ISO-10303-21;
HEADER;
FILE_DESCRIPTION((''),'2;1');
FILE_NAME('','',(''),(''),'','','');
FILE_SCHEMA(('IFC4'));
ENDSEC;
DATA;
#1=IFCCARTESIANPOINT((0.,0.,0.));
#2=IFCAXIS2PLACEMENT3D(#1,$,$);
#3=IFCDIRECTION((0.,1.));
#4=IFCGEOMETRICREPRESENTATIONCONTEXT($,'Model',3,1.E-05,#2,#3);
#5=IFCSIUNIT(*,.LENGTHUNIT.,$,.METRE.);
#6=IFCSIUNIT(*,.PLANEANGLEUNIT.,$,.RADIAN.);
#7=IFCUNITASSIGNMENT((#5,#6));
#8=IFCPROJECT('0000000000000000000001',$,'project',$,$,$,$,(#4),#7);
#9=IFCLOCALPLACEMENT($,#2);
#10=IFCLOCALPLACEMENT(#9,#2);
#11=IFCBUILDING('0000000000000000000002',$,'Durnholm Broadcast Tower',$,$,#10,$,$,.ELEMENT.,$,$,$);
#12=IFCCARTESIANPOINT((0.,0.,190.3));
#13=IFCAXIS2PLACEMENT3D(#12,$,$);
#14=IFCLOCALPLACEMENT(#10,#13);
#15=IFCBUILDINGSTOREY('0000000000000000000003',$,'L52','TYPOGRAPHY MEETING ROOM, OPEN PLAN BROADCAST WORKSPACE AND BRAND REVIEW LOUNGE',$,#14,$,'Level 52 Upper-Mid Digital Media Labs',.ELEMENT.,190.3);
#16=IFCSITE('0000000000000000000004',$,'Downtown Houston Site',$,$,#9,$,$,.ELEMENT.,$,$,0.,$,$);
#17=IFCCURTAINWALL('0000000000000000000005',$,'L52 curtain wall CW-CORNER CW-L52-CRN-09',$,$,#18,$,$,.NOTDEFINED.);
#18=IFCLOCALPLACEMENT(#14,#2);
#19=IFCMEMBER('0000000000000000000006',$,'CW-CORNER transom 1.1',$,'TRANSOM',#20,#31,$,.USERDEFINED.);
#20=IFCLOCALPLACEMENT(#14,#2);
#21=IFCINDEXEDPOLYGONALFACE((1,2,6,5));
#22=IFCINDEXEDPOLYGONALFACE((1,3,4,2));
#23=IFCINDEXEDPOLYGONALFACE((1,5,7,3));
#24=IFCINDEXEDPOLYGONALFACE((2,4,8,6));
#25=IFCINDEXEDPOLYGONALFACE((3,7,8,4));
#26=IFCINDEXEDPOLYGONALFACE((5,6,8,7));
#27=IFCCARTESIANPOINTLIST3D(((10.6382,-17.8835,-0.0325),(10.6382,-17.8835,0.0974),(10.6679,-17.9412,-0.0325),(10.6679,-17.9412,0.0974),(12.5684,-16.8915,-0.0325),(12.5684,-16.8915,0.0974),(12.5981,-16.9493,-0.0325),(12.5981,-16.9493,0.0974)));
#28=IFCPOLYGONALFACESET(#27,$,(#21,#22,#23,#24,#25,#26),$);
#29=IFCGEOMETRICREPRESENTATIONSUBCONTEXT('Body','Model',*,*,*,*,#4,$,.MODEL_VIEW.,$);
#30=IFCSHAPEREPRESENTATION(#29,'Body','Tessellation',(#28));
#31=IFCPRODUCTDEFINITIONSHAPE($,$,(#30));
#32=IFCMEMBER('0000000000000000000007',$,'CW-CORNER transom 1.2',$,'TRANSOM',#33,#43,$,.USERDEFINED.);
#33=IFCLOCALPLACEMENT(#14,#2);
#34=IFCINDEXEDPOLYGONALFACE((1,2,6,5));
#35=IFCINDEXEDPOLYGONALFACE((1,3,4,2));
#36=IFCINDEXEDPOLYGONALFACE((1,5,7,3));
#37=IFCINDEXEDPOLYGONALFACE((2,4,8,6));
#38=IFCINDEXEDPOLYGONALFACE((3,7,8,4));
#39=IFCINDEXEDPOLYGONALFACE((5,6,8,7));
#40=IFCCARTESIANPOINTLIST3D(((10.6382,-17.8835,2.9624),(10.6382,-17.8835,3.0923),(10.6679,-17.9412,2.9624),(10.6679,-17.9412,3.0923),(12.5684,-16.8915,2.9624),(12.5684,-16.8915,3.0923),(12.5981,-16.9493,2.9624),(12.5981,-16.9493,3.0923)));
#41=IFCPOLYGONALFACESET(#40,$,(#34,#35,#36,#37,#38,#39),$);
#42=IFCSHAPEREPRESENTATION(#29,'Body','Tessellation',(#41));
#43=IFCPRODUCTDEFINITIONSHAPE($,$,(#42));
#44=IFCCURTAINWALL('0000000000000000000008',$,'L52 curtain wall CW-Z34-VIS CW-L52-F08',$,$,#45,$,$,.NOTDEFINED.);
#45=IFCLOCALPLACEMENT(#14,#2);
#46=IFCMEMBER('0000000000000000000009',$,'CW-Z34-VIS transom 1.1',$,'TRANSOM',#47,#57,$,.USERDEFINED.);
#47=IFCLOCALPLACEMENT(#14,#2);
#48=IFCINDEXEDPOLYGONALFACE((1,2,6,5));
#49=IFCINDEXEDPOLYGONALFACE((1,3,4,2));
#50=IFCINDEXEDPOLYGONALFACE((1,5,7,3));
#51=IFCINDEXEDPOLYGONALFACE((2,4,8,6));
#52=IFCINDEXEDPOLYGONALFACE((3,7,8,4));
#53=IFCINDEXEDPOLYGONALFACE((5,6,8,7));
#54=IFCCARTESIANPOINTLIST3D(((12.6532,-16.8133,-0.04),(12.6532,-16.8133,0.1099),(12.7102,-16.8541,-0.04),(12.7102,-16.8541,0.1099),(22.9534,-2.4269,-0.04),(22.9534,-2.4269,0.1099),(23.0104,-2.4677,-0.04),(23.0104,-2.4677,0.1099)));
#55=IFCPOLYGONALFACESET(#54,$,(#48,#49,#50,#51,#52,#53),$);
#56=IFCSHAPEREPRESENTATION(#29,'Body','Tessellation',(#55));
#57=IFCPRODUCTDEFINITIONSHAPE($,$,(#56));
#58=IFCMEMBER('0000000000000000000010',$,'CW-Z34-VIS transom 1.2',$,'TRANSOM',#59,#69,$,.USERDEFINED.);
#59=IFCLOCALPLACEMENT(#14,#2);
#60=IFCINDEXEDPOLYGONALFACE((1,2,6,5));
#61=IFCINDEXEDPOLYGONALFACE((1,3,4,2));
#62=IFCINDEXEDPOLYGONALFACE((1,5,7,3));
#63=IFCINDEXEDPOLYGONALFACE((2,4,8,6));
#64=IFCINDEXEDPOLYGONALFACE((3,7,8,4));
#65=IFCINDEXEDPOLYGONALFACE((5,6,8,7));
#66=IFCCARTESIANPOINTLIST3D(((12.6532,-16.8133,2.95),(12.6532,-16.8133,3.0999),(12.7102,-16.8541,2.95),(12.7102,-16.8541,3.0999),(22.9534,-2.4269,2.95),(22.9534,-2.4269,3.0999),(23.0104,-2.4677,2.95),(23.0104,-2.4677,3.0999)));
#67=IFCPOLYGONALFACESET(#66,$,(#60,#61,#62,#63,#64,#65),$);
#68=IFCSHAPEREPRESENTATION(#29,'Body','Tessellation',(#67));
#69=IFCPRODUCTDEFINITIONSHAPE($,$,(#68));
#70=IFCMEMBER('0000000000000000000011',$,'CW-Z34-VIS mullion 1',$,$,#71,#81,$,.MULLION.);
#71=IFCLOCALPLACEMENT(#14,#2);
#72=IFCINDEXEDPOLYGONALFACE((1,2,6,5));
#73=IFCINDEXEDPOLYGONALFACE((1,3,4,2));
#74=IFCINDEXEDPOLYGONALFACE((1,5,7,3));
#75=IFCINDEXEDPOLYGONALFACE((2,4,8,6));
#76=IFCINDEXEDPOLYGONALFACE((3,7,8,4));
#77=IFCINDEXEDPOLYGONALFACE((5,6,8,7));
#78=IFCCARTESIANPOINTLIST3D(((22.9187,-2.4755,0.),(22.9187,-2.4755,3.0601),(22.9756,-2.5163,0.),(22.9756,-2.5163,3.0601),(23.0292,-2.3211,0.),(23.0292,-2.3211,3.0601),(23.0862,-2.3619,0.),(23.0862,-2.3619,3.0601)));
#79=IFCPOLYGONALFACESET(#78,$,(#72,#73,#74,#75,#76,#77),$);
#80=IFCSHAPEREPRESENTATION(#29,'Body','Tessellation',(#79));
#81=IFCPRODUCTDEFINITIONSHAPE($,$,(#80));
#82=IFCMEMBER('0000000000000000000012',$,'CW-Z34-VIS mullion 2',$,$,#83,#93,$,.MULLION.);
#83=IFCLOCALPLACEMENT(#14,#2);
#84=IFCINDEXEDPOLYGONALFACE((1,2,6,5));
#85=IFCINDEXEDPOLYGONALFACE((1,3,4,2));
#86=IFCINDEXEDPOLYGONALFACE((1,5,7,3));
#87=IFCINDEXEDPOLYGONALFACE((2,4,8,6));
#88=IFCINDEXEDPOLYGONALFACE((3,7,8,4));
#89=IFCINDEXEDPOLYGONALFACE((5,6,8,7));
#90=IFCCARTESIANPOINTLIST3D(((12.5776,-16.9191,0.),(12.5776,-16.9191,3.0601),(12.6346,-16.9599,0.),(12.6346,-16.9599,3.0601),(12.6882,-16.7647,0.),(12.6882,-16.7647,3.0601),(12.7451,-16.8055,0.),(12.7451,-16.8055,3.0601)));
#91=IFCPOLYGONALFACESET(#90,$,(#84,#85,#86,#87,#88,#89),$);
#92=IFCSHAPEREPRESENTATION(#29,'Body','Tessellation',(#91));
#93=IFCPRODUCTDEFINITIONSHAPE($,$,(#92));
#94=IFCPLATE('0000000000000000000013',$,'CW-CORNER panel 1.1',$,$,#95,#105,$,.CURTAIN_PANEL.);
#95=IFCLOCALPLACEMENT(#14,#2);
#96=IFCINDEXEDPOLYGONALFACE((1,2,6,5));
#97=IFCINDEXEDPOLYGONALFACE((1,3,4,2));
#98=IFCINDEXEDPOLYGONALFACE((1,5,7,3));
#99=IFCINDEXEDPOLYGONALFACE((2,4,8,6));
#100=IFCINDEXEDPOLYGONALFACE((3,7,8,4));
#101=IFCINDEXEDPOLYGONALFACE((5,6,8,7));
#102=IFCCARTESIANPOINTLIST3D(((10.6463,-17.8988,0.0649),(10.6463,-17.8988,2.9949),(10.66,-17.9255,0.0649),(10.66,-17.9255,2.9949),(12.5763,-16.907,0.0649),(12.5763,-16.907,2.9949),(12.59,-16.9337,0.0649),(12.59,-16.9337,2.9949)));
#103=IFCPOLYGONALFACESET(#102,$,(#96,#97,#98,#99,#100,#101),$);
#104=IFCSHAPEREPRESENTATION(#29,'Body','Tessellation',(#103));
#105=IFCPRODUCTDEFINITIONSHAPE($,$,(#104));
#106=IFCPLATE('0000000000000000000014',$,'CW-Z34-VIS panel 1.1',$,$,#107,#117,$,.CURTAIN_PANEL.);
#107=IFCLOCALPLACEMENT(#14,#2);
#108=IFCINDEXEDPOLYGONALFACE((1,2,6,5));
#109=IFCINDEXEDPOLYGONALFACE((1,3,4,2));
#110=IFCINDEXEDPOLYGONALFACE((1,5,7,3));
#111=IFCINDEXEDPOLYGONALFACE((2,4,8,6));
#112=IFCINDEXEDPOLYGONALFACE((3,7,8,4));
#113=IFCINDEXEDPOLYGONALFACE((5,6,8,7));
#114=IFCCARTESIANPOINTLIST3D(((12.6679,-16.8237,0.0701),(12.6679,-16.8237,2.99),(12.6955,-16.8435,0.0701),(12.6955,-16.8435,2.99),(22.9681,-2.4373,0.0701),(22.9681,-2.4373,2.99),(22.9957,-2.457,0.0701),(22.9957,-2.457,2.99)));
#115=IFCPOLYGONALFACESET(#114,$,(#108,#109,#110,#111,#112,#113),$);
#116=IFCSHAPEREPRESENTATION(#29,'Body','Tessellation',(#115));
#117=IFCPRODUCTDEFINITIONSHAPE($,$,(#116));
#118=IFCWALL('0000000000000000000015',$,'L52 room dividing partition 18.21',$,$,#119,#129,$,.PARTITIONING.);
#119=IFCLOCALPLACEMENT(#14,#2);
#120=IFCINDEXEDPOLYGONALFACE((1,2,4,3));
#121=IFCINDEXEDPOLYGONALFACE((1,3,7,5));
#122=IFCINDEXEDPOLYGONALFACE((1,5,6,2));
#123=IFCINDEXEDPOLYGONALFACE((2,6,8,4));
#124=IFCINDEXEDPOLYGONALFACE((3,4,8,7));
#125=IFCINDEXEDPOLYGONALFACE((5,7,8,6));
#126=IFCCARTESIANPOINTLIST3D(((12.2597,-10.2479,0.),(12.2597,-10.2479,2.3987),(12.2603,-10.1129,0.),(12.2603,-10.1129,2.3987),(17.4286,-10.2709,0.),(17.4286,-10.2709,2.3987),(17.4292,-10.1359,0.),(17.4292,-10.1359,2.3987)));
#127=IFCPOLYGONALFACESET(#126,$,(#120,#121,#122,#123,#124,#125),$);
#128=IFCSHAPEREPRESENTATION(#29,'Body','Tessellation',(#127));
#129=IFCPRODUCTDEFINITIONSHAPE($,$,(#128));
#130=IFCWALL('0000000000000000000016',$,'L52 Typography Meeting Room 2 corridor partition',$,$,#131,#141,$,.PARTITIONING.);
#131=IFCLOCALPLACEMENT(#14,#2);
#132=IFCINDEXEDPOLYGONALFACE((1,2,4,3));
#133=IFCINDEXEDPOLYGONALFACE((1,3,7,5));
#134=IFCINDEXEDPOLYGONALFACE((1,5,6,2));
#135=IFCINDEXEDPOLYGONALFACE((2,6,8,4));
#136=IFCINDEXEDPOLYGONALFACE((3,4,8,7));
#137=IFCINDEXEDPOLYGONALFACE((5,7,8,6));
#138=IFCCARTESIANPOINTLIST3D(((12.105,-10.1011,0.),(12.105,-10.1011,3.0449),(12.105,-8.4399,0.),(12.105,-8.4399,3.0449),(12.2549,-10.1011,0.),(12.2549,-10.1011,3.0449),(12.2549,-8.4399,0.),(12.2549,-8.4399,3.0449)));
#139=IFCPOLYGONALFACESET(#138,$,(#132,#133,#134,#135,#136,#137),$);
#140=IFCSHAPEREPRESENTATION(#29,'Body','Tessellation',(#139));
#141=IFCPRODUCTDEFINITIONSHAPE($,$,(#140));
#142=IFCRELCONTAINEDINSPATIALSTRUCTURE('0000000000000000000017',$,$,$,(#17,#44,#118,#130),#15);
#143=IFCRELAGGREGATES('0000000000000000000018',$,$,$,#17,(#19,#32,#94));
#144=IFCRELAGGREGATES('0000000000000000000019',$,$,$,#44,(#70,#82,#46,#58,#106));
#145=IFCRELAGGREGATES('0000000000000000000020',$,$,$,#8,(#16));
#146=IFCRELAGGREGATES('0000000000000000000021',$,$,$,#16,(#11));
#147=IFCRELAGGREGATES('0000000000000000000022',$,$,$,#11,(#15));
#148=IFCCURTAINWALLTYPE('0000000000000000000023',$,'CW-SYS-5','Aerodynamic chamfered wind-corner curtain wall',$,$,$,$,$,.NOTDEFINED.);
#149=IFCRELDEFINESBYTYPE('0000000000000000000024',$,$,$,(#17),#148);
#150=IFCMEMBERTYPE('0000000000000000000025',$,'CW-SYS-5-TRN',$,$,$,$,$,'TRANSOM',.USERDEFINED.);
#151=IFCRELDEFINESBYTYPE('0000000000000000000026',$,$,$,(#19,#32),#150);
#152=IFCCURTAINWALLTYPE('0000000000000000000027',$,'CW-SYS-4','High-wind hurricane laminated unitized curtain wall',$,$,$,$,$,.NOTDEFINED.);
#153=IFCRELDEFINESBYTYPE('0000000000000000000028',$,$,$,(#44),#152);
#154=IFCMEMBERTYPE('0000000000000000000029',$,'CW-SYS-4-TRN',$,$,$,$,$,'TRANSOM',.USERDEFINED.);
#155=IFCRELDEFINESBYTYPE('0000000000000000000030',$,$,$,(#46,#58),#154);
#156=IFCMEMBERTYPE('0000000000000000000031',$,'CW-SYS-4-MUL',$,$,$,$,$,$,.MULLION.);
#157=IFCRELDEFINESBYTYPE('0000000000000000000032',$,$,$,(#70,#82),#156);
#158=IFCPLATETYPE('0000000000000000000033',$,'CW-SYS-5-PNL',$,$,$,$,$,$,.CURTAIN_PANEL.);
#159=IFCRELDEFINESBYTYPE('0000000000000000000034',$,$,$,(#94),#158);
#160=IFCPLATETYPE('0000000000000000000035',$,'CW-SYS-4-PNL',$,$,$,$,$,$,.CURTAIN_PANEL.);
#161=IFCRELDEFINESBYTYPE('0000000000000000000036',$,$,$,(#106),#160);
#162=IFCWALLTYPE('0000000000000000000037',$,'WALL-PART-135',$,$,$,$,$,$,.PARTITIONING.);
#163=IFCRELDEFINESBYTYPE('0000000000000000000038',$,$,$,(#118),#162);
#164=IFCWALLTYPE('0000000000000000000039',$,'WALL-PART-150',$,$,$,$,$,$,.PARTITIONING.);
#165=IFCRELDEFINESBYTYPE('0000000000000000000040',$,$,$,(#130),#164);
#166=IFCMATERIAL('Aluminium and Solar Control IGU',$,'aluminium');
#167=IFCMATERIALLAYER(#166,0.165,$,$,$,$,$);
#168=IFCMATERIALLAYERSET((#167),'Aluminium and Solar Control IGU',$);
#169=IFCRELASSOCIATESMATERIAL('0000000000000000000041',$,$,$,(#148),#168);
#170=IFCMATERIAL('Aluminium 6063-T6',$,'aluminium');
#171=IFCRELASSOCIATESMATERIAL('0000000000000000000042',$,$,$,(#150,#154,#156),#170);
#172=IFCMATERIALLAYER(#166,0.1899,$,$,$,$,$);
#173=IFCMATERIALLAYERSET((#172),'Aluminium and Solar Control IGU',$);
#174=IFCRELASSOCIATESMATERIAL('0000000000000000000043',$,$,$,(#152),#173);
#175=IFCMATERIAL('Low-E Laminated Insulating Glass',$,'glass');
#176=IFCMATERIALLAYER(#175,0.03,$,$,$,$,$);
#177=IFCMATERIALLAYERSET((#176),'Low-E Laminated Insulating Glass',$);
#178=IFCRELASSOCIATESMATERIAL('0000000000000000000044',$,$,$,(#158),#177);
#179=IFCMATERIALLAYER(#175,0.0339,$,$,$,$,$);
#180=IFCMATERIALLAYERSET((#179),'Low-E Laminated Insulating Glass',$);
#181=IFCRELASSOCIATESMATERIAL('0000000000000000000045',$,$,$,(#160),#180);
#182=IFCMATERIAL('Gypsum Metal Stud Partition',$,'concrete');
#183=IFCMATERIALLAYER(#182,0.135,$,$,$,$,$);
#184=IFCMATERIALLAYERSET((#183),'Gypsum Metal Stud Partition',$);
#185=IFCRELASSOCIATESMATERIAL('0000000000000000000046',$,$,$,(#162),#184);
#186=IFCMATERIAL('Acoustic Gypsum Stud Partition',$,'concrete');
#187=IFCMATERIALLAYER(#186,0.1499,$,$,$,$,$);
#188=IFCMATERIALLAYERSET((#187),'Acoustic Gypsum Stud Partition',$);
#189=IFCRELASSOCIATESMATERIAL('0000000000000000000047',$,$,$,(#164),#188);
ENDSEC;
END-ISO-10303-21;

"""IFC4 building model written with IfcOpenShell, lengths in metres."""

from ifc_helpers import new_model, si_unit, direction, frame, frame_2d, origin, origin_2d, place, context, subcontext, project, spatial, rectangle, extrude, source, transform, mapped, material, layer, layer_set, material_profile, profile_set, type_object, type_shapes, element, aggregate, save


model = new_model("IFC4")

# Units and contexts
model_context = context("Model", 3, precision=1e-05, world=origin(), true_north=direction((0.0, 1.0)))
body_context = subcontext(model_context, "Body", "Model", "MODEL_VIEW")
ifc_project = project(units=[si_unit("LENGTHUNIT", "METRE"), si_unit("PLANEANGLEUNIT", "RADIAN")], contexts=[model_context])

# Site, building, storey
site_placement = place(None, origin())
site = spatial("IfcSite", under=ifc_project, at=site_placement, Name="Downtown Houston Site", CompositionType="ELEMENT", RefElevation=0.0)
building_placement = place(site_placement, origin())
building = spatial("IfcBuilding", under=site, at=building_placement, Name="Durnholm Broadcast Tower", CompositionType="ELEMENT")
storey_placement = place(building_placement, frame((0.0, 0.0, 190.3)))
storey = spatial("IfcBuildingStorey", under=building, at=storey_placement, Name="L52", Description="TYPOGRAPHY MEETING ROOM, OPEN PLAN BROADCAST WORKSPACE AND BRAND REVIEW LOUNGE", LongName="Level 52 Upper-Mid Digital Media Labs", CompositionType="ELEMENT", Elevation=190.3)

# Shared definitions
ifc_material_1 = material(Name="Aluminium and Solar Control IGU", Category="aluminium")
ifc_layer_1 = layer(ifc_material_1, 0.165)
ifc_layer_set_1 = layer_set([ifc_layer_1], Name="Aluminium and Solar Control IGU")
curtain_wall_type_1 = type_object("IfcCurtainWallType", Name="CW-SYS-5", Description="Aerodynamic chamfered wind-corner curtain wall", PredefinedType="NOTDEFINED", material=ifc_layer_set_1)
ifc_material_2 = material(Name="Aluminium 6063-T6", Category="aluminium")

# Curtain walls, members
curtain_wall_1_placement = place(storey_placement, origin())
curtain_wall_1 = element("IfcCurtainWall", 1, at=curtain_wall_1_placement, inside=storey, type_object=curtain_wall_type_1, Name="L52 curtain wall CW-CORNER CW-L52-CRN-09", PredefinedType="NOTDEFINED")
ifc_material_profile_1 = material_profile(ifc_material_2, rectangle(XDim=0.0649, YDim=0.1299, at=origin_2d()), Name="CWT65X130")
ifc_profile_set_1 = profile_set([ifc_material_profile_1], Name="Aluminium 6063-T6")
member_type_1 = type_object("IfcMemberType", Name="CW-SYS-5-TRN", ElementType="TRANSOM", PredefinedType="USERDEFINED", material=ifc_profile_set_1)
shared_shape_1 = source(origin(), body_context, "Body", "SweptSolid", [
    extrude(rectangle(XDim=0.0649, YDim=0.1299, at=origin_2d()), origin(), (0.0, 0.0, 1.0), 2.1702),
])
type_shapes(member_type_1, [shared_shape_1])
member_1_placement = place(storey_placement, frame((12.5833, -16.9204, 0.0325), z_axis=(-0.889422, -0.457086, 0.0), x_axis=(0.457086, -0.889422, 0.0)))
member_1 = element("IfcMember", 2, at=member_1_placement, type_object=member_type_1, Name="CW-CORNER transom 1.1", ObjectType="TRANSOM", PredefinedType="USERDEFINED", context=body_context, shape_type="MappedRepresentation", body=[
    mapped(shared_shape_1, transform((0.0, 0.0, 0.0), x_axis=(1.0, 0.0, 0.0), y_axis=(0.0, 1.0, 0.0), z_axis=(0.0, 0.0, 1.0), scale=1.0)),
])
member_2_placement = place(storey_placement, frame((12.5833, -16.9204, 3.0273), z_axis=(-0.889422, -0.457086, 0.0), x_axis=(0.457086, -0.889422, 0.0)))
member_2 = element("IfcMember", 3, at=member_2_placement, type_object=member_type_1, Name="CW-CORNER transom 1.2", ObjectType="TRANSOM", PredefinedType="USERDEFINED", context=body_context, shape_type="MappedRepresentation", body=[
    mapped(shared_shape_1, transform((0.0, 0.0, 0.0), x_axis=(1.0, 0.0, 0.0), y_axis=(0.0, 1.0, 0.0), z_axis=(0.0, 0.0, 1.0), scale=1.0)),
])
ifc_layer_2 = layer(ifc_material_1, 0.1899)
ifc_layer_set_2 = layer_set([ifc_layer_2], Name="Aluminium and Solar Control IGU")
curtain_wall_type_2 = type_object("IfcCurtainWallType", Name="CW-SYS-4", Description="High-wind hurricane laminated unitized curtain wall", PredefinedType="NOTDEFINED", material=ifc_layer_set_2)
curtain_wall_2_placement = place(storey_placement, origin())
curtain_wall_2 = element("IfcCurtainWall", 4, at=curtain_wall_2_placement, inside=storey, type_object=curtain_wall_type_2, Name="L52 curtain wall CW-Z34-VIS CW-L52-F08", PredefinedType="NOTDEFINED")
ifc_material_profile_2 = material_profile(ifc_material_2, rectangle(XDim=0.0701, YDim=0.1499, at=origin_2d()), Name="CWT70X150")
ifc_profile_set_2 = profile_set([ifc_material_profile_2], Name="Aluminium 6063-T6")
member_type_2 = type_object("IfcMemberType", Name="CW-SYS-4-TRN", ElementType="TRANSOM", PredefinedType="USERDEFINED", material=ifc_profile_set_2)
shared_shape_2 = source(origin(), body_context, "Body", "SweptSolid", [
    extrude(rectangle(XDim=0.0701, YDim=0.1499, at=origin_2d()), origin(), (0.0, 0.0, 1.0), 17.6936),
])
type_shapes(member_type_2, [shared_shape_2])
member_3_placement = place(storey_placement, frame((22.9819, -2.4473, 0.0349), z_axis=(-0.582145, -0.813085, 0.0), x_axis=(0.813085, -0.582145, 0.0)))
member_3 = element("IfcMember", 5, at=member_3_placement, type_object=member_type_2, Name="CW-Z34-VIS transom 1.1", ObjectType="TRANSOM", PredefinedType="USERDEFINED", context=body_context, shape_type="MappedRepresentation", body=[
    mapped(shared_shape_2, transform((0.0, 0.0, 0.0), x_axis=(1.0, 0.0, 0.0), y_axis=(0.0, 1.0, 0.0), z_axis=(0.0, 0.0, 1.0), scale=1.0)),
])
member_4_placement = place(storey_placement, frame((22.9819, -2.4473, 3.0249), z_axis=(-0.582145, -0.813085, 0.0), x_axis=(0.813085, -0.582145, 0.0)))
member_4 = element("IfcMember", 6, at=member_4_placement, type_object=member_type_2, Name="CW-Z34-VIS transom 1.2", ObjectType="TRANSOM", PredefinedType="USERDEFINED", context=body_context, shape_type="MappedRepresentation", body=[
    mapped(shared_shape_2, transform((0.0, 0.0, 0.0), x_axis=(1.0, 0.0, 0.0), y_axis=(0.0, 1.0, 0.0), z_axis=(0.0, 0.0, 1.0), scale=1.0)),
])
ifc_material_profile_3 = material_profile(ifc_material_2, rectangle(XDim=0.0701, YDim=0.1899, at=origin_2d()), Name="CWM70X190")
ifc_profile_set_3 = profile_set([ifc_material_profile_3], Name="Aluminium 6063-T6")
member_type_3 = type_object("IfcMemberType", Name="CW-SYS-4-MUL", PredefinedType="MULLION", material=ifc_profile_set_3)
shared_shape_3 = source(origin(), body_context, "Body", "SweptSolid", [
    extrude(rectangle(XDim=0.0701, YDim=0.1899, at=origin_2d()), origin(), (0.0, 0.0, 1.0), 3.0601),
])
type_shapes(member_type_3, [shared_shape_3])
member_5_placement = place(storey_placement, frame((23.0024, -2.4187, 0.0), z_axis=(0.0, 0.0, 1.0), x_axis=(0.813089, -0.582139, 0.0)))
member_5 = element("IfcMember", 7, at=member_5_placement, type_object=member_type_3, Name="CW-Z34-VIS mullion 1", PredefinedType="MULLION", context=body_context, shape_type="MappedRepresentation", body=[
    mapped(shared_shape_3, transform((0.0, 0.0, 0.0), x_axis=(1.0, 0.0, 0.0), y_axis=(0.0, 1.0, 0.0), z_axis=(0.0, 0.0, 1.0), scale=1.0)),
])
member_6_placement = place(storey_placement, frame((12.6614, -16.8623, 0.0), z_axis=(0.0, 0.0, 1.0), x_axis=(0.813089, -0.582139, 0.0)))
member_6 = element("IfcMember", 8, at=member_6_placement, type_object=member_type_3, Name="CW-Z34-VIS mullion 2", PredefinedType="MULLION", context=body_context, shape_type="MappedRepresentation", body=[
    mapped(shared_shape_3, transform((0.0, 0.0, 0.0), x_axis=(1.0, 0.0, 0.0), y_axis=(0.0, 1.0, 0.0), z_axis=(0.0, 0.0, 1.0), scale=1.0)),
])

# Plates
ifc_material_3 = material(Name="Low-E Laminated Insulating Glass", Category="glass")
ifc_layer_3 = layer(ifc_material_3, 0.03)
ifc_layer_set_3 = layer_set([ifc_layer_3], Name="Low-E Laminated Insulating Glass")
plate_type_1 = type_object("IfcPlateType", Name="CW-SYS-5-PNL", PredefinedType="CURTAIN_PANEL", material=ifc_layer_set_3)
shared_shape_4 = source(origin(), body_context, "Body", "SweptSolid", [
    extrude(rectangle(XDim=2.1699, YDim=0.03, at=origin_2d()), origin(), (0.0, 0.0, 1.0), 2.9299),
])
type_shapes(plate_type_1, [shared_shape_4])
plate_1_placement = place(storey_placement, frame((11.6182, -17.4163, 0.0649), z_axis=(0.0, 0.0, 1.0), x_axis=(-0.889425, -0.457082, 0.0)))
plate_1 = element("IfcPlate", 9, at=plate_1_placement, type_object=plate_type_1, Name="CW-CORNER panel 1.1", PredefinedType="CURTAIN_PANEL", context=body_context, shape_type="MappedRepresentation", body=[
    mapped(shared_shape_4, transform((0.0, 0.0, 0.0), x_axis=(1.0, 0.0, 0.0), y_axis=(0.0, 1.0, 0.0), z_axis=(0.0, 0.0, 1.0), scale=1.0)),
])
aggregate(curtain_wall_1, [member_1, member_2, plate_1])
ifc_layer_4 = layer(ifc_material_3, 0.0339)
ifc_layer_set_4 = layer_set([ifc_layer_4], Name="Low-E Laminated Insulating Glass")
plate_type_2 = type_object("IfcPlateType", Name="CW-SYS-4-PNL", PredefinedType="CURTAIN_PANEL", material=ifc_layer_set_4)
shared_shape_5 = source(origin(), body_context, "Body", "SweptSolid", [
    extrude(rectangle(XDim=17.6936, YDim=0.0339, at=origin_2d()), origin(), (0.0, 0.0, 1.0), 2.9199),
])
type_shapes(plate_type_2, [shared_shape_5])
plate_2_placement = place(storey_placement, frame((17.8318, -9.6404, 0.0701), z_axis=(0.0, 0.0, 1.0), x_axis=(-0.582139, -0.813089, 0.0)))
plate_2 = element("IfcPlate", 10, at=plate_2_placement, type_object=plate_type_2, Name="CW-Z34-VIS panel 1.1", PredefinedType="CURTAIN_PANEL", context=body_context, shape_type="MappedRepresentation", body=[
    mapped(shared_shape_5, transform((0.0, 0.0, 0.0), x_axis=(1.0, 0.0, 0.0), y_axis=(0.0, 1.0, 0.0), z_axis=(0.0, 0.0, 1.0), scale=1.0)),
])
aggregate(curtain_wall_2, [member_5, member_6, member_3, member_4, plate_2])

# Walls
ifc_material_4 = material(Name="Gypsum Metal Stud Partition", Category="concrete")
ifc_layer_5 = layer(ifc_material_4, 0.135)
ifc_layer_set_5 = layer_set([ifc_layer_5], Name="Gypsum Metal Stud Partition")
wall_type_1 = type_object("IfcWallType", Name="WALL-PART-135", PredefinedType="PARTITIONING", material=ifc_layer_set_5)
wall_1_placement = place(storey_placement, frame((12.26, -10.1804, 0.0), z_axis=(0.0, 0.0, 1.0), x_axis=(0.99999, -0.00444, 0.0)))
element("IfcWall", 11, at=wall_1_placement, inside=storey, type_object=wall_type_1, Name="L52 room dividing partition 18.21", PredefinedType="PARTITIONING", context=body_context, shape_type="SweptSolid", body=[
    extrude(rectangle(XDim=5.1689, YDim=0.135, at=frame_2d((2.5845, 0.0))), origin(), (0.0, 0.0, 1.0), 2.3987),
])
ifc_material_5 = material(Name="Acoustic Gypsum Stud Partition", Category="concrete")
ifc_layer_6 = layer(ifc_material_5, 0.1499)
ifc_layer_set_6 = layer_set([ifc_layer_6], Name="Acoustic Gypsum Stud Partition")
wall_type_2 = type_object("IfcWallType", Name="WALL-PART-150", PredefinedType="PARTITIONING", material=ifc_layer_set_6)
wall_2_placement = place(storey_placement, frame((12.1799, -10.1011, 0.0), z_axis=(0.0, 0.0, 1.0), x_axis=(0.0, 1.0, 0.0)))
element("IfcWall", 12, at=wall_2_placement, inside=storey, type_object=wall_type_2, Name="L52 Typography Meeting Room 2 corridor partition", PredefinedType="PARTITIONING", context=body_context, shape_type="SweptSolid", body=[
    extrude(rectangle(XDim=1.6611, YDim=0.1499, at=frame_2d((0.8306, 0.0))), origin(), (0.0, 0.0, 1.0), 3.0449),
])

save(model, "model.ifc")
